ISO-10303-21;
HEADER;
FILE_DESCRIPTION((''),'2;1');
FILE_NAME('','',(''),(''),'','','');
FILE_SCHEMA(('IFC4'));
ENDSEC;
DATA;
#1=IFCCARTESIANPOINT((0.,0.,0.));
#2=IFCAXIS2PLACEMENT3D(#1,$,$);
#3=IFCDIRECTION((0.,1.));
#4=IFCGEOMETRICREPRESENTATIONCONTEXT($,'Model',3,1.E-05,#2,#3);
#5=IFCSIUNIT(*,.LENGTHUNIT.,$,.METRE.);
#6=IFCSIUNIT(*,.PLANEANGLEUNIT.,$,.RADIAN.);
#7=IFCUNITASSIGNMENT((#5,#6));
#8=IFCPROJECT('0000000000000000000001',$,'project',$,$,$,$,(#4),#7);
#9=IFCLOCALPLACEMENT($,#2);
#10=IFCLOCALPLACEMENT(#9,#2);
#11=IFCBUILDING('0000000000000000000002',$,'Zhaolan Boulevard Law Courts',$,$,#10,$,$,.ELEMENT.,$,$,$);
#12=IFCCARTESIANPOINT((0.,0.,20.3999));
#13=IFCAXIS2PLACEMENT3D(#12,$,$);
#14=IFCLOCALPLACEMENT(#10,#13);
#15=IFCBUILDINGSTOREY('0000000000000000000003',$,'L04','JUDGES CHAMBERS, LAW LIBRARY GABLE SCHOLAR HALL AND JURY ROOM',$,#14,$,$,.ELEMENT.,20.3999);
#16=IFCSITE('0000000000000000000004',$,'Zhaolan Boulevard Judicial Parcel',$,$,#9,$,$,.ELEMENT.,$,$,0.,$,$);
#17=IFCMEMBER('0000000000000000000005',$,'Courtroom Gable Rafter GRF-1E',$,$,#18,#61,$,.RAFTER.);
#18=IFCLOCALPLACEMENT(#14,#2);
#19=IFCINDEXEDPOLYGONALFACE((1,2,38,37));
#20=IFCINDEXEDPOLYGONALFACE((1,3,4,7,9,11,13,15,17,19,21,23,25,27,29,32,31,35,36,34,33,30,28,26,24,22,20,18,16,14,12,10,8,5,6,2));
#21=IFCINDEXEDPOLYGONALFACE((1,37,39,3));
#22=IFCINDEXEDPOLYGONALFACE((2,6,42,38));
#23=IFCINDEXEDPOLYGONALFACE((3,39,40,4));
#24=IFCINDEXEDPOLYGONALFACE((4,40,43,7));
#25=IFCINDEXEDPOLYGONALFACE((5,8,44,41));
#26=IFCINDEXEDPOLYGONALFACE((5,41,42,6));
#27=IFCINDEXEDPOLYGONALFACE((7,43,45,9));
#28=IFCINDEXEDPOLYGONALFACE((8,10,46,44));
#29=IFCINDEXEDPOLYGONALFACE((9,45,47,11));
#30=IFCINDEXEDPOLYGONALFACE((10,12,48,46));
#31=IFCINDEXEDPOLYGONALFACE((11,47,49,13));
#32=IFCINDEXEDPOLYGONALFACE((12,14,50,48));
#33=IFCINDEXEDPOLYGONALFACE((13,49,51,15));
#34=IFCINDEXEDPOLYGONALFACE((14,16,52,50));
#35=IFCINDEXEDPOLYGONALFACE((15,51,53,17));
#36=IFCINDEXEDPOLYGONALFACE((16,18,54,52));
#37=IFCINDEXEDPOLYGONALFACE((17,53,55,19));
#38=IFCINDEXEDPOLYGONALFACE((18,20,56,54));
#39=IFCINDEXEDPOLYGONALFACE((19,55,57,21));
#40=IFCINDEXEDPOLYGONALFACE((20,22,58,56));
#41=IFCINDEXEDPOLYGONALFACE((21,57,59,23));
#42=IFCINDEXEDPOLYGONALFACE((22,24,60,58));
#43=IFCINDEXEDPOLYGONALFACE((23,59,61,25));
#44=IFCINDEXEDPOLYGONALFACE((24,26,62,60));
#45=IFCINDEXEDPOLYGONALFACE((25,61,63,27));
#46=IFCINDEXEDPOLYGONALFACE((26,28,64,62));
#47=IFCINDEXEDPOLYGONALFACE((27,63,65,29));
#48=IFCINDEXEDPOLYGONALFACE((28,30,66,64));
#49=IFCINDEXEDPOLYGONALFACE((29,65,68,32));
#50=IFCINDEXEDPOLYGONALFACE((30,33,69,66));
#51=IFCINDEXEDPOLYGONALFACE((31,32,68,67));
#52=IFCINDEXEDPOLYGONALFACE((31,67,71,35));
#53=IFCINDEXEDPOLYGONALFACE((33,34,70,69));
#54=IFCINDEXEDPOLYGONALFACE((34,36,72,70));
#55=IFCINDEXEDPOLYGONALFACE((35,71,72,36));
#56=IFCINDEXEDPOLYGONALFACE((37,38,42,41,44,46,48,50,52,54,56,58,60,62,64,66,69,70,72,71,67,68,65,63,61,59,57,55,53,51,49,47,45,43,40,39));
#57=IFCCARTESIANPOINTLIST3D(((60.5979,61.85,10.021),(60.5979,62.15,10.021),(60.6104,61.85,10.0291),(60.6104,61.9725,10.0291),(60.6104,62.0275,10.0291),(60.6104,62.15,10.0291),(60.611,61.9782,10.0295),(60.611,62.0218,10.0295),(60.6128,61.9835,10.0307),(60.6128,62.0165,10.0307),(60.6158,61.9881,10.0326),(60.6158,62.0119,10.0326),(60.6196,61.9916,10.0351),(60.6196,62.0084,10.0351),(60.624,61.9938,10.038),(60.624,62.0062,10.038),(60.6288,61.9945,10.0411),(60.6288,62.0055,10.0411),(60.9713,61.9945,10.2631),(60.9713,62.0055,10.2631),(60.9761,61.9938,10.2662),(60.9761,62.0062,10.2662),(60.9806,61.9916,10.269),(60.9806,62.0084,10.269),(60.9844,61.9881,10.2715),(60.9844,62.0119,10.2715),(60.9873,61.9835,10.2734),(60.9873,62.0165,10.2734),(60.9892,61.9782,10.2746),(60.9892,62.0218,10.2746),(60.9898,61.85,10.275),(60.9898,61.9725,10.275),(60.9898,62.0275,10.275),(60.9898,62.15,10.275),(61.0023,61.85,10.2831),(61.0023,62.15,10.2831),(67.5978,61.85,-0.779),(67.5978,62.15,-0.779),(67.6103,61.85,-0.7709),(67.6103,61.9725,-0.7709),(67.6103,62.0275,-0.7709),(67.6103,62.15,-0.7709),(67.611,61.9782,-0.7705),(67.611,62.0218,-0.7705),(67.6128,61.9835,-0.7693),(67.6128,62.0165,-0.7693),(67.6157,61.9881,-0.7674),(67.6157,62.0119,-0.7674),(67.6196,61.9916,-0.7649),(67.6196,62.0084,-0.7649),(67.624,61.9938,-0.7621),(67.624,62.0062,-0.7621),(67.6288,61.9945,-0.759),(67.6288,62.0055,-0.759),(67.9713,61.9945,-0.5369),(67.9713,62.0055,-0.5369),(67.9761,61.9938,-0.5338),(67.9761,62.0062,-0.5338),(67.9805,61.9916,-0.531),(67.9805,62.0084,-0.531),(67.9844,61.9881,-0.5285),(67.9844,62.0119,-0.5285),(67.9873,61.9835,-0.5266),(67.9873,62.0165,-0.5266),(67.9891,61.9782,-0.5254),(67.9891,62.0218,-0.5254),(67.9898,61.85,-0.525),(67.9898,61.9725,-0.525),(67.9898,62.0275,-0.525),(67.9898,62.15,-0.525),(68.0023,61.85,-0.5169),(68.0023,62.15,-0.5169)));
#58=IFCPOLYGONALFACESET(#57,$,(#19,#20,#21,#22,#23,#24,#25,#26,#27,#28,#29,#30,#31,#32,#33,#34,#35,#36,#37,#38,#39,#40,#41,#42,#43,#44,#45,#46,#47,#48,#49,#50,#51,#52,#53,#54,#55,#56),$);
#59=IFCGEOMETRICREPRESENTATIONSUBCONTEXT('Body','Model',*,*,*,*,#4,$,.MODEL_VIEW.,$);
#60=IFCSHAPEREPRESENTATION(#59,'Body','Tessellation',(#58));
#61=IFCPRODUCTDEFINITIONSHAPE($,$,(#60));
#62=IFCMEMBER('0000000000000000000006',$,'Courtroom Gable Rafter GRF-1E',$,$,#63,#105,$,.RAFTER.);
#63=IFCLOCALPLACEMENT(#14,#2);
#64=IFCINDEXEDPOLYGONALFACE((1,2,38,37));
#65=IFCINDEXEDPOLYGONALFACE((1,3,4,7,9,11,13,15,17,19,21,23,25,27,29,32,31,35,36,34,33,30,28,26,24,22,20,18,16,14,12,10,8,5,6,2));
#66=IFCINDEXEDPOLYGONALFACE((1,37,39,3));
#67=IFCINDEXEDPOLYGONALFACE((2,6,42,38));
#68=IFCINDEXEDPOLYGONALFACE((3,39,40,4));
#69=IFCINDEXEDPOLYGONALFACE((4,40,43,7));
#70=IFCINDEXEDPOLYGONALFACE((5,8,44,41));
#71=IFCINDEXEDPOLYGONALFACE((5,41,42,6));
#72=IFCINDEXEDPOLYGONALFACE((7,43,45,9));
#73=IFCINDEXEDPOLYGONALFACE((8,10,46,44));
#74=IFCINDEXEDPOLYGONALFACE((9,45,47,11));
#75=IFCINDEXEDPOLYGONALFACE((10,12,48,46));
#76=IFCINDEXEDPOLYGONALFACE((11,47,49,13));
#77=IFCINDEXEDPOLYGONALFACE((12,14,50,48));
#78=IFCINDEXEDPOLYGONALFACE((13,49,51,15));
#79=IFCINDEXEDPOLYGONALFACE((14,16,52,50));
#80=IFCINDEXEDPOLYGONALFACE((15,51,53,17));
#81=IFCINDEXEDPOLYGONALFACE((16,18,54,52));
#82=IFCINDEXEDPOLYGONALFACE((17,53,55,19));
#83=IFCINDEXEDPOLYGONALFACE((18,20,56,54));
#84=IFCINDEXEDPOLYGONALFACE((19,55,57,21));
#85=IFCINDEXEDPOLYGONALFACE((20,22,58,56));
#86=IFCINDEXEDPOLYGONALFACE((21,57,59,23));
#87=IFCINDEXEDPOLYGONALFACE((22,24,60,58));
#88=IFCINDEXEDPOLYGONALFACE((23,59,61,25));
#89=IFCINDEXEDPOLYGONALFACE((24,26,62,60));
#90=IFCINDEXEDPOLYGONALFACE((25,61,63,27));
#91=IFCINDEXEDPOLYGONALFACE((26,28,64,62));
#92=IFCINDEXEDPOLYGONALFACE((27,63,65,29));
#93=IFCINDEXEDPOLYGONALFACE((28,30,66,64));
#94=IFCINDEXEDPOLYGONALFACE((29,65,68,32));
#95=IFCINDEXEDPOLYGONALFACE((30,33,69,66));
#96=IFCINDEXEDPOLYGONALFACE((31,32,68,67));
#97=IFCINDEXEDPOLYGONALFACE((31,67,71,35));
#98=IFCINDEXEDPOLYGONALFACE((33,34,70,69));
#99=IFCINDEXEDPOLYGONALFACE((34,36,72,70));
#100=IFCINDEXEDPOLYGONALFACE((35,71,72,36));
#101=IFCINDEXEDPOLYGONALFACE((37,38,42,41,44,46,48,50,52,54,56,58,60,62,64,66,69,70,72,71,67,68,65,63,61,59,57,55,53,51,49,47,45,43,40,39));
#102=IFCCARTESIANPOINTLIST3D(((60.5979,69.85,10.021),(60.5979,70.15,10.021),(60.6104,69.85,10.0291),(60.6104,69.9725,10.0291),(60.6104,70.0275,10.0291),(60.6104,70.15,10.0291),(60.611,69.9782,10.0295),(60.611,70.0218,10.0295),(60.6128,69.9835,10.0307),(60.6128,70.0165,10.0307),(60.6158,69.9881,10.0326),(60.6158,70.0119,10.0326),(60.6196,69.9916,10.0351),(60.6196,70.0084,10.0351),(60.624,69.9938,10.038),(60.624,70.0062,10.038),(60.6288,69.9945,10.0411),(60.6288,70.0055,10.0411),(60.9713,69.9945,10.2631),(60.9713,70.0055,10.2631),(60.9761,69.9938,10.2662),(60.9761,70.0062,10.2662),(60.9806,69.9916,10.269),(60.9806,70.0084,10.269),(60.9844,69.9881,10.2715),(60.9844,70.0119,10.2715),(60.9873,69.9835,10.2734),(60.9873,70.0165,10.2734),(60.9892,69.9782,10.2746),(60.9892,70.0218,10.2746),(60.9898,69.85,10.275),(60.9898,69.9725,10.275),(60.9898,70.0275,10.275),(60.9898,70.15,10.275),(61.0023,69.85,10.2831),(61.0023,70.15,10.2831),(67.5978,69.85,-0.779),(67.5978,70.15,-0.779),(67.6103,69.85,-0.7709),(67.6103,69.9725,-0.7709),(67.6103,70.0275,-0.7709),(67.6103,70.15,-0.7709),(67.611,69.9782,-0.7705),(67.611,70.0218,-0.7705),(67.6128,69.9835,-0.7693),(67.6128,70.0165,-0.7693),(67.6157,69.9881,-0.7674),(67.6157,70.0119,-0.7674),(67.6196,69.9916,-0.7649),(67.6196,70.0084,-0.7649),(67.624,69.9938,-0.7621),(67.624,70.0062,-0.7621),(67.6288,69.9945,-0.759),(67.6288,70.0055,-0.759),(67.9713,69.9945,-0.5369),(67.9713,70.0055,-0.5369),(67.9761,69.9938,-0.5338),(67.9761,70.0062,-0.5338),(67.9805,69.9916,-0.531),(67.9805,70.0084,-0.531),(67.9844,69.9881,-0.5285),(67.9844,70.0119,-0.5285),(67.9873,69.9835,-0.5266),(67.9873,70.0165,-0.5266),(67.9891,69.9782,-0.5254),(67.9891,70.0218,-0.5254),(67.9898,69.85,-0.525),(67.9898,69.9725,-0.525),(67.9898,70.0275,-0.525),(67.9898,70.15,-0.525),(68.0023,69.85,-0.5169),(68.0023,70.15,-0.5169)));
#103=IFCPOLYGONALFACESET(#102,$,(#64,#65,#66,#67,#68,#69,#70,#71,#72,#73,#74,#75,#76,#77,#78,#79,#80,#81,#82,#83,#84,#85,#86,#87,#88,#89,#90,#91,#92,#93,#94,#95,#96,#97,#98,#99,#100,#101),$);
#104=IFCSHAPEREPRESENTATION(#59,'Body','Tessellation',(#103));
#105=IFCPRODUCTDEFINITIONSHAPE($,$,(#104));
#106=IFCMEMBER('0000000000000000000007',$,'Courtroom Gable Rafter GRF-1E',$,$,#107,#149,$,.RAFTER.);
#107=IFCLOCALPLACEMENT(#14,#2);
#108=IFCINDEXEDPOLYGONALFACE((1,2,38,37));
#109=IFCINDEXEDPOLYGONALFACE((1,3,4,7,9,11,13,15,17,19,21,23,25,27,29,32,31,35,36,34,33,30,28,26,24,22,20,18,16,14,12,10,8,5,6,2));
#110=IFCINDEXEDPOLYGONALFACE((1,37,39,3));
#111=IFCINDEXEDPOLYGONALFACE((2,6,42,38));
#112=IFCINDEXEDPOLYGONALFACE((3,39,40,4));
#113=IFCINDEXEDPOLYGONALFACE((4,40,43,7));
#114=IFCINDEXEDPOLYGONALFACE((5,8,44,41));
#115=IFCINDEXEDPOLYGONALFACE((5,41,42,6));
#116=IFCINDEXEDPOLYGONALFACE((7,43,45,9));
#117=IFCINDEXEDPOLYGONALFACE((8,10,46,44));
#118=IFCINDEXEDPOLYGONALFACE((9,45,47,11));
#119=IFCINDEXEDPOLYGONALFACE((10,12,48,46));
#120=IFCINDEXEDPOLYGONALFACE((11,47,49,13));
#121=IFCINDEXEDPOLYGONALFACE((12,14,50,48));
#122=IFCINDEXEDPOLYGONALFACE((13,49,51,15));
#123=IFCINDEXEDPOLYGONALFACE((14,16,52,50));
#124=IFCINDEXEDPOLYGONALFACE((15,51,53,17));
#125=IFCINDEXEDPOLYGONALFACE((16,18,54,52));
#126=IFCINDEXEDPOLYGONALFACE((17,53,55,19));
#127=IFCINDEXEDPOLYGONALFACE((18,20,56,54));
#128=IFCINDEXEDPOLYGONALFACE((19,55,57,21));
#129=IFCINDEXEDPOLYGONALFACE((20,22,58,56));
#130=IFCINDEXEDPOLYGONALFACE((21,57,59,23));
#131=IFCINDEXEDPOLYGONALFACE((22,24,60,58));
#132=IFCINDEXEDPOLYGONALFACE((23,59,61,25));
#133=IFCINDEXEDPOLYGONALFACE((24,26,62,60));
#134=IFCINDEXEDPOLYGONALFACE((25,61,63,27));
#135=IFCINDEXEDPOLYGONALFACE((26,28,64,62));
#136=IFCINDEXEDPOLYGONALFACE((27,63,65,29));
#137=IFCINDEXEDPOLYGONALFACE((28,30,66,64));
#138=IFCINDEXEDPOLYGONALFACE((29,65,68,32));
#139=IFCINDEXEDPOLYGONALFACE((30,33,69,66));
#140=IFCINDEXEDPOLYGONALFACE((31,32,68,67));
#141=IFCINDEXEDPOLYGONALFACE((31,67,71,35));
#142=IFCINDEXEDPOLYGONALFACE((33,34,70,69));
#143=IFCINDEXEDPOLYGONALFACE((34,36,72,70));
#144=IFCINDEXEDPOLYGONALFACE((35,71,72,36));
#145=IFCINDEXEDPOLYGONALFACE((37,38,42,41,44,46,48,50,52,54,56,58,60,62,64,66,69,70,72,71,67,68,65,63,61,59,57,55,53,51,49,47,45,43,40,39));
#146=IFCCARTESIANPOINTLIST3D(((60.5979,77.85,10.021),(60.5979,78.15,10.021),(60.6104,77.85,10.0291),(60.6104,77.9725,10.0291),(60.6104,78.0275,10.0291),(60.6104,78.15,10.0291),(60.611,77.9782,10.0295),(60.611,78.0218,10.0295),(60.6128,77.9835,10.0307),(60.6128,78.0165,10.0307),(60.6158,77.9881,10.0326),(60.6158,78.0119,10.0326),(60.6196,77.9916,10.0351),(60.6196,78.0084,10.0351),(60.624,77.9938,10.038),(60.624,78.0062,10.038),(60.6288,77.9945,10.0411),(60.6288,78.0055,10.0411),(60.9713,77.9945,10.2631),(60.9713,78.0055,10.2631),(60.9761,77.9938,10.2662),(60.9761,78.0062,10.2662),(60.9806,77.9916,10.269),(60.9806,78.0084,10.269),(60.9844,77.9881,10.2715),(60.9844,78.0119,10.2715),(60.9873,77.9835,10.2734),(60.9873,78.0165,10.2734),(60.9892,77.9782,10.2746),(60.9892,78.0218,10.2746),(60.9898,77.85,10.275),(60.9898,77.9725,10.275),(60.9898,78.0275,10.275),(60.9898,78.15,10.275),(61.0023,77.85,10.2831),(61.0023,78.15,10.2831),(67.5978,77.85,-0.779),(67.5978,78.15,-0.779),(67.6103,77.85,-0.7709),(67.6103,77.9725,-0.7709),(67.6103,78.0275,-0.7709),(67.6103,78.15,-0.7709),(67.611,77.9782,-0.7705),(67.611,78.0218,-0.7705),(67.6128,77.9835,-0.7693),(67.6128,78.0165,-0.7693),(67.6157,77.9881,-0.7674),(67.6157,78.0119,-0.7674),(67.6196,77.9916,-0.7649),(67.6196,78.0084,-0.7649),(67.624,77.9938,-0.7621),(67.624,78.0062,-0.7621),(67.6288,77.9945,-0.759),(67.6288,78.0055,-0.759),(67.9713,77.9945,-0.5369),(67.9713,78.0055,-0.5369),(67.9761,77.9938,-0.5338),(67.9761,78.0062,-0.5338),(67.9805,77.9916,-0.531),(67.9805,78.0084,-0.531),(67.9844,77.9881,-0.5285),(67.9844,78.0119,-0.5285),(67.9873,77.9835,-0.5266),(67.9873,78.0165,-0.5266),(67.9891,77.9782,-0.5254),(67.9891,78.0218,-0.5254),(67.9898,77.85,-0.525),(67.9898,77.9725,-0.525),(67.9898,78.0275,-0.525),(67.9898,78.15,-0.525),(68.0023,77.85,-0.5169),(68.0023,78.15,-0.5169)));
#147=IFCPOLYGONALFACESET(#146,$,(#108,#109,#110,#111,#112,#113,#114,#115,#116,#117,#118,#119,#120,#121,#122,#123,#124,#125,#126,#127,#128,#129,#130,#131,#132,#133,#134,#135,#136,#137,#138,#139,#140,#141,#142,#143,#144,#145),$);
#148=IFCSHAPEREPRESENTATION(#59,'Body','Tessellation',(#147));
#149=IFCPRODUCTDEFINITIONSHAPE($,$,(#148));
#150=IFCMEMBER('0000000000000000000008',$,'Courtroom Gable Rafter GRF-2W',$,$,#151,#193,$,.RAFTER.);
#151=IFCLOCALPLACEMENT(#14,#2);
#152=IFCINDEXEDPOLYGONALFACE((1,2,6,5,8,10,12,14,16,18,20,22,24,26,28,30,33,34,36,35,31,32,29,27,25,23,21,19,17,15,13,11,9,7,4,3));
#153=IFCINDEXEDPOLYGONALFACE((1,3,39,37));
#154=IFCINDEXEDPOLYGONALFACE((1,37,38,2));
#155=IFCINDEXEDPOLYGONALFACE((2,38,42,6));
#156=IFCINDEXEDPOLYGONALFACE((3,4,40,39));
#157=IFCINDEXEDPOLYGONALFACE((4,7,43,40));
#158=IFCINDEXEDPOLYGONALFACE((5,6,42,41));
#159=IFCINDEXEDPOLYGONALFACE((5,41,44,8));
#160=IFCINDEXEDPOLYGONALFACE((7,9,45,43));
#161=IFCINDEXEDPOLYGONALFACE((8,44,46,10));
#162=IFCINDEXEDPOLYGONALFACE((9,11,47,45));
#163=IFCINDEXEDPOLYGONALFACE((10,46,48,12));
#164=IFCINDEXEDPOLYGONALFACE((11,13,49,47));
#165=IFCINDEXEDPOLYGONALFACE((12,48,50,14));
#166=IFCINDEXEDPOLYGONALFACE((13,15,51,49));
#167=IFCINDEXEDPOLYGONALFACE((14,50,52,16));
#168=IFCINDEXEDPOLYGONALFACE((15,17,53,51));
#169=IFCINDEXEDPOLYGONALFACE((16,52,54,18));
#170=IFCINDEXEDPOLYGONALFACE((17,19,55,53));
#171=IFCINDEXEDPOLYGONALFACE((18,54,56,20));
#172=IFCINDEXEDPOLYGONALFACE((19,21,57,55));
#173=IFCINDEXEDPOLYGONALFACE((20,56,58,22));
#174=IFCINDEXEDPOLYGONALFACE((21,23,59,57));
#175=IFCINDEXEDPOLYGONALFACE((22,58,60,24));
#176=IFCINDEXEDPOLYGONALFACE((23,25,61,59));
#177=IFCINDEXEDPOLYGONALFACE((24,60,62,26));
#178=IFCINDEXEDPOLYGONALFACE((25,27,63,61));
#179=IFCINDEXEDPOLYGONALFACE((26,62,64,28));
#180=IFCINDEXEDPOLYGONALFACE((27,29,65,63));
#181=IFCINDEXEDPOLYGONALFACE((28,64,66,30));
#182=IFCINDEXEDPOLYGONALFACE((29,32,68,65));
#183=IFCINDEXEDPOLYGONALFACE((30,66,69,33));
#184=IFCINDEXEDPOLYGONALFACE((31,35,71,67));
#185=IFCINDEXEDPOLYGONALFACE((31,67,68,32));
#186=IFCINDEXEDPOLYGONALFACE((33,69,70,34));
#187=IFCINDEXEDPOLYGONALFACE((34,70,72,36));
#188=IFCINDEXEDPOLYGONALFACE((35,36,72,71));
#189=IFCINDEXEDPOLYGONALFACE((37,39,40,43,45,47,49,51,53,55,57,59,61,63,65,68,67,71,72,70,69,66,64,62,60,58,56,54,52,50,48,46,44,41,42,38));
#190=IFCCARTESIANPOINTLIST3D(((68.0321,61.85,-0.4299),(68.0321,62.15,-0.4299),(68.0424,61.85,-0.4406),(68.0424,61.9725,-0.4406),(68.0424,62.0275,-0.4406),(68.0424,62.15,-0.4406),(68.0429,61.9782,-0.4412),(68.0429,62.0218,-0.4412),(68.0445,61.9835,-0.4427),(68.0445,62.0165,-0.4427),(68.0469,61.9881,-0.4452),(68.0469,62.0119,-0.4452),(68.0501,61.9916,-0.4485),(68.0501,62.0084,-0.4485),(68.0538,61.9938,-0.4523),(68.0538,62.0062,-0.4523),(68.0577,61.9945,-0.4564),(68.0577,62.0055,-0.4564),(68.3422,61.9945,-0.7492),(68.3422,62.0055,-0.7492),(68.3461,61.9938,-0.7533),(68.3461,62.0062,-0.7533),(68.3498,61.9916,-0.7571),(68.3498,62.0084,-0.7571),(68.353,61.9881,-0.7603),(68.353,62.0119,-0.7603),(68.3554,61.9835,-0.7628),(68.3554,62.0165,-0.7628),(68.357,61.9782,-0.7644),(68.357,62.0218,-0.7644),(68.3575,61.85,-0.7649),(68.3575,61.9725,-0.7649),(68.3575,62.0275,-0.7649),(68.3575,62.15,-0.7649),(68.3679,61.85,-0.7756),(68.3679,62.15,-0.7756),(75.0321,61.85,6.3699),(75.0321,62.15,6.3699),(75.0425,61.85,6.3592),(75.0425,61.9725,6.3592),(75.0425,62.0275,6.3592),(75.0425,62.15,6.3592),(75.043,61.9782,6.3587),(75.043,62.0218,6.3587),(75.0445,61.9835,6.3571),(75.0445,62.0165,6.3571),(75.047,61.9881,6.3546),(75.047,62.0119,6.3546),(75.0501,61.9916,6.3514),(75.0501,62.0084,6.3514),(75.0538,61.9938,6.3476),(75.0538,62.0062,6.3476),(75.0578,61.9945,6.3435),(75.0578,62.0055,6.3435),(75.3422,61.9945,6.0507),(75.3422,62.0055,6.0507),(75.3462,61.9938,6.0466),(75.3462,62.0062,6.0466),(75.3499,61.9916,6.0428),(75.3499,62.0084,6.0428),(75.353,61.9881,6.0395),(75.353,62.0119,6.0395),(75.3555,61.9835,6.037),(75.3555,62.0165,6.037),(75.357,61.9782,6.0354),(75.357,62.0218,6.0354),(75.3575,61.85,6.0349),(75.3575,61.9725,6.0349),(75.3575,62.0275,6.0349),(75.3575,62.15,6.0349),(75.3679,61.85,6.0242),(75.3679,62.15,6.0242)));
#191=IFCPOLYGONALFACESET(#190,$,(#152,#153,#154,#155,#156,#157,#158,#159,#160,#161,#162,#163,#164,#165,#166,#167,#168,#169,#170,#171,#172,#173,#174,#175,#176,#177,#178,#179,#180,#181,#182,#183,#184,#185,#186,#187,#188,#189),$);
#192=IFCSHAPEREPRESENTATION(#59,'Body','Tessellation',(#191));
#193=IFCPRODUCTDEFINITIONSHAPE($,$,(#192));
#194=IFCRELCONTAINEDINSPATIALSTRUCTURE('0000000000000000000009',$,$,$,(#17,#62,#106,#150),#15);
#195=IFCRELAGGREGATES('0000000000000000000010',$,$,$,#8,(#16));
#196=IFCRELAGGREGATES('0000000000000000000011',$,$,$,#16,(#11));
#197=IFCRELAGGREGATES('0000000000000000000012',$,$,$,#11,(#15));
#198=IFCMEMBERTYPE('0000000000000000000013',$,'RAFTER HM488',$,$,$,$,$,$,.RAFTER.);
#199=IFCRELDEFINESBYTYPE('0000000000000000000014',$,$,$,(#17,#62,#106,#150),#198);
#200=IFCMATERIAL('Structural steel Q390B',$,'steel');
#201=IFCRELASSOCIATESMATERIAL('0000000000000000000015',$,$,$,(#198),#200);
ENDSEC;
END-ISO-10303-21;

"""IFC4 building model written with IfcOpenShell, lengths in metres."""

from ifc_helpers import new_model, si_unit, direction, frame, origin, origin_2d, place, context, subcontext, project, spatial, i_section, extrude, material, material_profile, profile_set, type_object, element, save


model = new_model("IFC4")

# Units and contexts
model_context = context("Model", 3, precision=1e-05, world=origin(), true_north=direction((0.0, 1.0)))
body_context = subcontext(model_context, "Body", "Model", "MODEL_VIEW")
ifc_project = project(units=[si_unit("LENGTHUNIT", "METRE"), si_unit("PLANEANGLEUNIT", "RADIAN")], contexts=[model_context])

# Site, building, storey
site_placement = place(None, origin())
site = spatial("IfcSite", under=ifc_project, at=site_placement, Name="Zhaolan Boulevard Judicial Parcel", CompositionType="ELEMENT", RefElevation=0.0)
building_placement = place(site_placement, origin())
building = spatial("IfcBuilding", under=site, at=building_placement, Name="Zhaolan Boulevard Law Courts", CompositionType="ELEMENT")
storey_placement = place(building_placement, frame((0.0, 0.0, 20.3999)))
storey = spatial("IfcBuildingStorey", under=building, at=storey_placement, Name="L04", Description="JUDGES CHAMBERS, LAW LIBRARY GABLE SCHOLAR HALL AND JURY ROOM", CompositionType="ELEMENT", Elevation=20.3999)

# Members
ifc_material_1 = material(Name="Structural steel Q390B", Category="steel")
ifc_material_profile_1 = material_profile(ifc_material_1, i_section(OverallWidth=0.3, OverallDepth=0.4819, WebThickness=0.011, FlangeThickness=0.0149, FilletRadius=0.022, at=origin_2d()), Name="HM482x300")
ifc_profile_set_1 = profile_set([ifc_material_profile_1], Name="Structural steel Q390B")
member_type_1 = type_object("IfcMemberType", Name="RAFTER HM488", PredefinedType="RAFTER", material=ifc_profile_set_1)
for number, where, z_axis, x_axis, name in (
    (1, (67.8, 62.0, -0.6479), (-0.543894, 0.0, 0.839154), (0.0, -1.0, 0.0), "Courtroom Gable Rafter GRF-1E"),
    (2, (67.8, 70.0, -0.6479), (-0.543894, 0.0, 0.839154), (0.0, -1.0, 0.0), "Courtroom Gable Rafter GRF-1E"),
    (3, (67.8, 78.0, -0.6479), (-0.543894, 0.0, 0.839154), (0.0, -1.0, 0.0), "Courtroom Gable Rafter GRF-1E"),
):
    element("IfcMember", number, at=place(storey_placement, frame(where, z_axis=z_axis, x_axis=x_axis)), inside=storey, type_object=member_type_1, Name=name, PredefinedType="RAFTER", context=body_context, shape_type="SweptSolid", body=[
        extrude(i_section(OverallWidth=0.3, OverallDepth=0.4819, WebThickness=0.011, FlangeThickness=0.0149, FilletRadius=0.022, at=origin_2d()), origin(), (0.0, 0.0, 1.0), 12.8701),
    ])
member_1_placement = place(storey_placement, frame((68.2, 62.0, -0.6028), z_axis=(0.717289, 0.0, 0.696775), x_axis=(0.0, 1.0, 0.0)))
element("IfcMember", 4, at=member_1_placement, inside=storey, type_object=member_type_1, Name="Courtroom Gable Rafter GRF-2W", PredefinedType="RAFTER", context=body_context, shape_type="SweptSolid", body=[
    extrude(i_section(OverallWidth=0.3, OverallDepth=0.4819, WebThickness=0.011, FlangeThickness=0.0149, FilletRadius=0.022, at=origin_2d()), origin(), (0.0, 0.0, 1.0), 9.759),
])

save(model, "model.ifc")
